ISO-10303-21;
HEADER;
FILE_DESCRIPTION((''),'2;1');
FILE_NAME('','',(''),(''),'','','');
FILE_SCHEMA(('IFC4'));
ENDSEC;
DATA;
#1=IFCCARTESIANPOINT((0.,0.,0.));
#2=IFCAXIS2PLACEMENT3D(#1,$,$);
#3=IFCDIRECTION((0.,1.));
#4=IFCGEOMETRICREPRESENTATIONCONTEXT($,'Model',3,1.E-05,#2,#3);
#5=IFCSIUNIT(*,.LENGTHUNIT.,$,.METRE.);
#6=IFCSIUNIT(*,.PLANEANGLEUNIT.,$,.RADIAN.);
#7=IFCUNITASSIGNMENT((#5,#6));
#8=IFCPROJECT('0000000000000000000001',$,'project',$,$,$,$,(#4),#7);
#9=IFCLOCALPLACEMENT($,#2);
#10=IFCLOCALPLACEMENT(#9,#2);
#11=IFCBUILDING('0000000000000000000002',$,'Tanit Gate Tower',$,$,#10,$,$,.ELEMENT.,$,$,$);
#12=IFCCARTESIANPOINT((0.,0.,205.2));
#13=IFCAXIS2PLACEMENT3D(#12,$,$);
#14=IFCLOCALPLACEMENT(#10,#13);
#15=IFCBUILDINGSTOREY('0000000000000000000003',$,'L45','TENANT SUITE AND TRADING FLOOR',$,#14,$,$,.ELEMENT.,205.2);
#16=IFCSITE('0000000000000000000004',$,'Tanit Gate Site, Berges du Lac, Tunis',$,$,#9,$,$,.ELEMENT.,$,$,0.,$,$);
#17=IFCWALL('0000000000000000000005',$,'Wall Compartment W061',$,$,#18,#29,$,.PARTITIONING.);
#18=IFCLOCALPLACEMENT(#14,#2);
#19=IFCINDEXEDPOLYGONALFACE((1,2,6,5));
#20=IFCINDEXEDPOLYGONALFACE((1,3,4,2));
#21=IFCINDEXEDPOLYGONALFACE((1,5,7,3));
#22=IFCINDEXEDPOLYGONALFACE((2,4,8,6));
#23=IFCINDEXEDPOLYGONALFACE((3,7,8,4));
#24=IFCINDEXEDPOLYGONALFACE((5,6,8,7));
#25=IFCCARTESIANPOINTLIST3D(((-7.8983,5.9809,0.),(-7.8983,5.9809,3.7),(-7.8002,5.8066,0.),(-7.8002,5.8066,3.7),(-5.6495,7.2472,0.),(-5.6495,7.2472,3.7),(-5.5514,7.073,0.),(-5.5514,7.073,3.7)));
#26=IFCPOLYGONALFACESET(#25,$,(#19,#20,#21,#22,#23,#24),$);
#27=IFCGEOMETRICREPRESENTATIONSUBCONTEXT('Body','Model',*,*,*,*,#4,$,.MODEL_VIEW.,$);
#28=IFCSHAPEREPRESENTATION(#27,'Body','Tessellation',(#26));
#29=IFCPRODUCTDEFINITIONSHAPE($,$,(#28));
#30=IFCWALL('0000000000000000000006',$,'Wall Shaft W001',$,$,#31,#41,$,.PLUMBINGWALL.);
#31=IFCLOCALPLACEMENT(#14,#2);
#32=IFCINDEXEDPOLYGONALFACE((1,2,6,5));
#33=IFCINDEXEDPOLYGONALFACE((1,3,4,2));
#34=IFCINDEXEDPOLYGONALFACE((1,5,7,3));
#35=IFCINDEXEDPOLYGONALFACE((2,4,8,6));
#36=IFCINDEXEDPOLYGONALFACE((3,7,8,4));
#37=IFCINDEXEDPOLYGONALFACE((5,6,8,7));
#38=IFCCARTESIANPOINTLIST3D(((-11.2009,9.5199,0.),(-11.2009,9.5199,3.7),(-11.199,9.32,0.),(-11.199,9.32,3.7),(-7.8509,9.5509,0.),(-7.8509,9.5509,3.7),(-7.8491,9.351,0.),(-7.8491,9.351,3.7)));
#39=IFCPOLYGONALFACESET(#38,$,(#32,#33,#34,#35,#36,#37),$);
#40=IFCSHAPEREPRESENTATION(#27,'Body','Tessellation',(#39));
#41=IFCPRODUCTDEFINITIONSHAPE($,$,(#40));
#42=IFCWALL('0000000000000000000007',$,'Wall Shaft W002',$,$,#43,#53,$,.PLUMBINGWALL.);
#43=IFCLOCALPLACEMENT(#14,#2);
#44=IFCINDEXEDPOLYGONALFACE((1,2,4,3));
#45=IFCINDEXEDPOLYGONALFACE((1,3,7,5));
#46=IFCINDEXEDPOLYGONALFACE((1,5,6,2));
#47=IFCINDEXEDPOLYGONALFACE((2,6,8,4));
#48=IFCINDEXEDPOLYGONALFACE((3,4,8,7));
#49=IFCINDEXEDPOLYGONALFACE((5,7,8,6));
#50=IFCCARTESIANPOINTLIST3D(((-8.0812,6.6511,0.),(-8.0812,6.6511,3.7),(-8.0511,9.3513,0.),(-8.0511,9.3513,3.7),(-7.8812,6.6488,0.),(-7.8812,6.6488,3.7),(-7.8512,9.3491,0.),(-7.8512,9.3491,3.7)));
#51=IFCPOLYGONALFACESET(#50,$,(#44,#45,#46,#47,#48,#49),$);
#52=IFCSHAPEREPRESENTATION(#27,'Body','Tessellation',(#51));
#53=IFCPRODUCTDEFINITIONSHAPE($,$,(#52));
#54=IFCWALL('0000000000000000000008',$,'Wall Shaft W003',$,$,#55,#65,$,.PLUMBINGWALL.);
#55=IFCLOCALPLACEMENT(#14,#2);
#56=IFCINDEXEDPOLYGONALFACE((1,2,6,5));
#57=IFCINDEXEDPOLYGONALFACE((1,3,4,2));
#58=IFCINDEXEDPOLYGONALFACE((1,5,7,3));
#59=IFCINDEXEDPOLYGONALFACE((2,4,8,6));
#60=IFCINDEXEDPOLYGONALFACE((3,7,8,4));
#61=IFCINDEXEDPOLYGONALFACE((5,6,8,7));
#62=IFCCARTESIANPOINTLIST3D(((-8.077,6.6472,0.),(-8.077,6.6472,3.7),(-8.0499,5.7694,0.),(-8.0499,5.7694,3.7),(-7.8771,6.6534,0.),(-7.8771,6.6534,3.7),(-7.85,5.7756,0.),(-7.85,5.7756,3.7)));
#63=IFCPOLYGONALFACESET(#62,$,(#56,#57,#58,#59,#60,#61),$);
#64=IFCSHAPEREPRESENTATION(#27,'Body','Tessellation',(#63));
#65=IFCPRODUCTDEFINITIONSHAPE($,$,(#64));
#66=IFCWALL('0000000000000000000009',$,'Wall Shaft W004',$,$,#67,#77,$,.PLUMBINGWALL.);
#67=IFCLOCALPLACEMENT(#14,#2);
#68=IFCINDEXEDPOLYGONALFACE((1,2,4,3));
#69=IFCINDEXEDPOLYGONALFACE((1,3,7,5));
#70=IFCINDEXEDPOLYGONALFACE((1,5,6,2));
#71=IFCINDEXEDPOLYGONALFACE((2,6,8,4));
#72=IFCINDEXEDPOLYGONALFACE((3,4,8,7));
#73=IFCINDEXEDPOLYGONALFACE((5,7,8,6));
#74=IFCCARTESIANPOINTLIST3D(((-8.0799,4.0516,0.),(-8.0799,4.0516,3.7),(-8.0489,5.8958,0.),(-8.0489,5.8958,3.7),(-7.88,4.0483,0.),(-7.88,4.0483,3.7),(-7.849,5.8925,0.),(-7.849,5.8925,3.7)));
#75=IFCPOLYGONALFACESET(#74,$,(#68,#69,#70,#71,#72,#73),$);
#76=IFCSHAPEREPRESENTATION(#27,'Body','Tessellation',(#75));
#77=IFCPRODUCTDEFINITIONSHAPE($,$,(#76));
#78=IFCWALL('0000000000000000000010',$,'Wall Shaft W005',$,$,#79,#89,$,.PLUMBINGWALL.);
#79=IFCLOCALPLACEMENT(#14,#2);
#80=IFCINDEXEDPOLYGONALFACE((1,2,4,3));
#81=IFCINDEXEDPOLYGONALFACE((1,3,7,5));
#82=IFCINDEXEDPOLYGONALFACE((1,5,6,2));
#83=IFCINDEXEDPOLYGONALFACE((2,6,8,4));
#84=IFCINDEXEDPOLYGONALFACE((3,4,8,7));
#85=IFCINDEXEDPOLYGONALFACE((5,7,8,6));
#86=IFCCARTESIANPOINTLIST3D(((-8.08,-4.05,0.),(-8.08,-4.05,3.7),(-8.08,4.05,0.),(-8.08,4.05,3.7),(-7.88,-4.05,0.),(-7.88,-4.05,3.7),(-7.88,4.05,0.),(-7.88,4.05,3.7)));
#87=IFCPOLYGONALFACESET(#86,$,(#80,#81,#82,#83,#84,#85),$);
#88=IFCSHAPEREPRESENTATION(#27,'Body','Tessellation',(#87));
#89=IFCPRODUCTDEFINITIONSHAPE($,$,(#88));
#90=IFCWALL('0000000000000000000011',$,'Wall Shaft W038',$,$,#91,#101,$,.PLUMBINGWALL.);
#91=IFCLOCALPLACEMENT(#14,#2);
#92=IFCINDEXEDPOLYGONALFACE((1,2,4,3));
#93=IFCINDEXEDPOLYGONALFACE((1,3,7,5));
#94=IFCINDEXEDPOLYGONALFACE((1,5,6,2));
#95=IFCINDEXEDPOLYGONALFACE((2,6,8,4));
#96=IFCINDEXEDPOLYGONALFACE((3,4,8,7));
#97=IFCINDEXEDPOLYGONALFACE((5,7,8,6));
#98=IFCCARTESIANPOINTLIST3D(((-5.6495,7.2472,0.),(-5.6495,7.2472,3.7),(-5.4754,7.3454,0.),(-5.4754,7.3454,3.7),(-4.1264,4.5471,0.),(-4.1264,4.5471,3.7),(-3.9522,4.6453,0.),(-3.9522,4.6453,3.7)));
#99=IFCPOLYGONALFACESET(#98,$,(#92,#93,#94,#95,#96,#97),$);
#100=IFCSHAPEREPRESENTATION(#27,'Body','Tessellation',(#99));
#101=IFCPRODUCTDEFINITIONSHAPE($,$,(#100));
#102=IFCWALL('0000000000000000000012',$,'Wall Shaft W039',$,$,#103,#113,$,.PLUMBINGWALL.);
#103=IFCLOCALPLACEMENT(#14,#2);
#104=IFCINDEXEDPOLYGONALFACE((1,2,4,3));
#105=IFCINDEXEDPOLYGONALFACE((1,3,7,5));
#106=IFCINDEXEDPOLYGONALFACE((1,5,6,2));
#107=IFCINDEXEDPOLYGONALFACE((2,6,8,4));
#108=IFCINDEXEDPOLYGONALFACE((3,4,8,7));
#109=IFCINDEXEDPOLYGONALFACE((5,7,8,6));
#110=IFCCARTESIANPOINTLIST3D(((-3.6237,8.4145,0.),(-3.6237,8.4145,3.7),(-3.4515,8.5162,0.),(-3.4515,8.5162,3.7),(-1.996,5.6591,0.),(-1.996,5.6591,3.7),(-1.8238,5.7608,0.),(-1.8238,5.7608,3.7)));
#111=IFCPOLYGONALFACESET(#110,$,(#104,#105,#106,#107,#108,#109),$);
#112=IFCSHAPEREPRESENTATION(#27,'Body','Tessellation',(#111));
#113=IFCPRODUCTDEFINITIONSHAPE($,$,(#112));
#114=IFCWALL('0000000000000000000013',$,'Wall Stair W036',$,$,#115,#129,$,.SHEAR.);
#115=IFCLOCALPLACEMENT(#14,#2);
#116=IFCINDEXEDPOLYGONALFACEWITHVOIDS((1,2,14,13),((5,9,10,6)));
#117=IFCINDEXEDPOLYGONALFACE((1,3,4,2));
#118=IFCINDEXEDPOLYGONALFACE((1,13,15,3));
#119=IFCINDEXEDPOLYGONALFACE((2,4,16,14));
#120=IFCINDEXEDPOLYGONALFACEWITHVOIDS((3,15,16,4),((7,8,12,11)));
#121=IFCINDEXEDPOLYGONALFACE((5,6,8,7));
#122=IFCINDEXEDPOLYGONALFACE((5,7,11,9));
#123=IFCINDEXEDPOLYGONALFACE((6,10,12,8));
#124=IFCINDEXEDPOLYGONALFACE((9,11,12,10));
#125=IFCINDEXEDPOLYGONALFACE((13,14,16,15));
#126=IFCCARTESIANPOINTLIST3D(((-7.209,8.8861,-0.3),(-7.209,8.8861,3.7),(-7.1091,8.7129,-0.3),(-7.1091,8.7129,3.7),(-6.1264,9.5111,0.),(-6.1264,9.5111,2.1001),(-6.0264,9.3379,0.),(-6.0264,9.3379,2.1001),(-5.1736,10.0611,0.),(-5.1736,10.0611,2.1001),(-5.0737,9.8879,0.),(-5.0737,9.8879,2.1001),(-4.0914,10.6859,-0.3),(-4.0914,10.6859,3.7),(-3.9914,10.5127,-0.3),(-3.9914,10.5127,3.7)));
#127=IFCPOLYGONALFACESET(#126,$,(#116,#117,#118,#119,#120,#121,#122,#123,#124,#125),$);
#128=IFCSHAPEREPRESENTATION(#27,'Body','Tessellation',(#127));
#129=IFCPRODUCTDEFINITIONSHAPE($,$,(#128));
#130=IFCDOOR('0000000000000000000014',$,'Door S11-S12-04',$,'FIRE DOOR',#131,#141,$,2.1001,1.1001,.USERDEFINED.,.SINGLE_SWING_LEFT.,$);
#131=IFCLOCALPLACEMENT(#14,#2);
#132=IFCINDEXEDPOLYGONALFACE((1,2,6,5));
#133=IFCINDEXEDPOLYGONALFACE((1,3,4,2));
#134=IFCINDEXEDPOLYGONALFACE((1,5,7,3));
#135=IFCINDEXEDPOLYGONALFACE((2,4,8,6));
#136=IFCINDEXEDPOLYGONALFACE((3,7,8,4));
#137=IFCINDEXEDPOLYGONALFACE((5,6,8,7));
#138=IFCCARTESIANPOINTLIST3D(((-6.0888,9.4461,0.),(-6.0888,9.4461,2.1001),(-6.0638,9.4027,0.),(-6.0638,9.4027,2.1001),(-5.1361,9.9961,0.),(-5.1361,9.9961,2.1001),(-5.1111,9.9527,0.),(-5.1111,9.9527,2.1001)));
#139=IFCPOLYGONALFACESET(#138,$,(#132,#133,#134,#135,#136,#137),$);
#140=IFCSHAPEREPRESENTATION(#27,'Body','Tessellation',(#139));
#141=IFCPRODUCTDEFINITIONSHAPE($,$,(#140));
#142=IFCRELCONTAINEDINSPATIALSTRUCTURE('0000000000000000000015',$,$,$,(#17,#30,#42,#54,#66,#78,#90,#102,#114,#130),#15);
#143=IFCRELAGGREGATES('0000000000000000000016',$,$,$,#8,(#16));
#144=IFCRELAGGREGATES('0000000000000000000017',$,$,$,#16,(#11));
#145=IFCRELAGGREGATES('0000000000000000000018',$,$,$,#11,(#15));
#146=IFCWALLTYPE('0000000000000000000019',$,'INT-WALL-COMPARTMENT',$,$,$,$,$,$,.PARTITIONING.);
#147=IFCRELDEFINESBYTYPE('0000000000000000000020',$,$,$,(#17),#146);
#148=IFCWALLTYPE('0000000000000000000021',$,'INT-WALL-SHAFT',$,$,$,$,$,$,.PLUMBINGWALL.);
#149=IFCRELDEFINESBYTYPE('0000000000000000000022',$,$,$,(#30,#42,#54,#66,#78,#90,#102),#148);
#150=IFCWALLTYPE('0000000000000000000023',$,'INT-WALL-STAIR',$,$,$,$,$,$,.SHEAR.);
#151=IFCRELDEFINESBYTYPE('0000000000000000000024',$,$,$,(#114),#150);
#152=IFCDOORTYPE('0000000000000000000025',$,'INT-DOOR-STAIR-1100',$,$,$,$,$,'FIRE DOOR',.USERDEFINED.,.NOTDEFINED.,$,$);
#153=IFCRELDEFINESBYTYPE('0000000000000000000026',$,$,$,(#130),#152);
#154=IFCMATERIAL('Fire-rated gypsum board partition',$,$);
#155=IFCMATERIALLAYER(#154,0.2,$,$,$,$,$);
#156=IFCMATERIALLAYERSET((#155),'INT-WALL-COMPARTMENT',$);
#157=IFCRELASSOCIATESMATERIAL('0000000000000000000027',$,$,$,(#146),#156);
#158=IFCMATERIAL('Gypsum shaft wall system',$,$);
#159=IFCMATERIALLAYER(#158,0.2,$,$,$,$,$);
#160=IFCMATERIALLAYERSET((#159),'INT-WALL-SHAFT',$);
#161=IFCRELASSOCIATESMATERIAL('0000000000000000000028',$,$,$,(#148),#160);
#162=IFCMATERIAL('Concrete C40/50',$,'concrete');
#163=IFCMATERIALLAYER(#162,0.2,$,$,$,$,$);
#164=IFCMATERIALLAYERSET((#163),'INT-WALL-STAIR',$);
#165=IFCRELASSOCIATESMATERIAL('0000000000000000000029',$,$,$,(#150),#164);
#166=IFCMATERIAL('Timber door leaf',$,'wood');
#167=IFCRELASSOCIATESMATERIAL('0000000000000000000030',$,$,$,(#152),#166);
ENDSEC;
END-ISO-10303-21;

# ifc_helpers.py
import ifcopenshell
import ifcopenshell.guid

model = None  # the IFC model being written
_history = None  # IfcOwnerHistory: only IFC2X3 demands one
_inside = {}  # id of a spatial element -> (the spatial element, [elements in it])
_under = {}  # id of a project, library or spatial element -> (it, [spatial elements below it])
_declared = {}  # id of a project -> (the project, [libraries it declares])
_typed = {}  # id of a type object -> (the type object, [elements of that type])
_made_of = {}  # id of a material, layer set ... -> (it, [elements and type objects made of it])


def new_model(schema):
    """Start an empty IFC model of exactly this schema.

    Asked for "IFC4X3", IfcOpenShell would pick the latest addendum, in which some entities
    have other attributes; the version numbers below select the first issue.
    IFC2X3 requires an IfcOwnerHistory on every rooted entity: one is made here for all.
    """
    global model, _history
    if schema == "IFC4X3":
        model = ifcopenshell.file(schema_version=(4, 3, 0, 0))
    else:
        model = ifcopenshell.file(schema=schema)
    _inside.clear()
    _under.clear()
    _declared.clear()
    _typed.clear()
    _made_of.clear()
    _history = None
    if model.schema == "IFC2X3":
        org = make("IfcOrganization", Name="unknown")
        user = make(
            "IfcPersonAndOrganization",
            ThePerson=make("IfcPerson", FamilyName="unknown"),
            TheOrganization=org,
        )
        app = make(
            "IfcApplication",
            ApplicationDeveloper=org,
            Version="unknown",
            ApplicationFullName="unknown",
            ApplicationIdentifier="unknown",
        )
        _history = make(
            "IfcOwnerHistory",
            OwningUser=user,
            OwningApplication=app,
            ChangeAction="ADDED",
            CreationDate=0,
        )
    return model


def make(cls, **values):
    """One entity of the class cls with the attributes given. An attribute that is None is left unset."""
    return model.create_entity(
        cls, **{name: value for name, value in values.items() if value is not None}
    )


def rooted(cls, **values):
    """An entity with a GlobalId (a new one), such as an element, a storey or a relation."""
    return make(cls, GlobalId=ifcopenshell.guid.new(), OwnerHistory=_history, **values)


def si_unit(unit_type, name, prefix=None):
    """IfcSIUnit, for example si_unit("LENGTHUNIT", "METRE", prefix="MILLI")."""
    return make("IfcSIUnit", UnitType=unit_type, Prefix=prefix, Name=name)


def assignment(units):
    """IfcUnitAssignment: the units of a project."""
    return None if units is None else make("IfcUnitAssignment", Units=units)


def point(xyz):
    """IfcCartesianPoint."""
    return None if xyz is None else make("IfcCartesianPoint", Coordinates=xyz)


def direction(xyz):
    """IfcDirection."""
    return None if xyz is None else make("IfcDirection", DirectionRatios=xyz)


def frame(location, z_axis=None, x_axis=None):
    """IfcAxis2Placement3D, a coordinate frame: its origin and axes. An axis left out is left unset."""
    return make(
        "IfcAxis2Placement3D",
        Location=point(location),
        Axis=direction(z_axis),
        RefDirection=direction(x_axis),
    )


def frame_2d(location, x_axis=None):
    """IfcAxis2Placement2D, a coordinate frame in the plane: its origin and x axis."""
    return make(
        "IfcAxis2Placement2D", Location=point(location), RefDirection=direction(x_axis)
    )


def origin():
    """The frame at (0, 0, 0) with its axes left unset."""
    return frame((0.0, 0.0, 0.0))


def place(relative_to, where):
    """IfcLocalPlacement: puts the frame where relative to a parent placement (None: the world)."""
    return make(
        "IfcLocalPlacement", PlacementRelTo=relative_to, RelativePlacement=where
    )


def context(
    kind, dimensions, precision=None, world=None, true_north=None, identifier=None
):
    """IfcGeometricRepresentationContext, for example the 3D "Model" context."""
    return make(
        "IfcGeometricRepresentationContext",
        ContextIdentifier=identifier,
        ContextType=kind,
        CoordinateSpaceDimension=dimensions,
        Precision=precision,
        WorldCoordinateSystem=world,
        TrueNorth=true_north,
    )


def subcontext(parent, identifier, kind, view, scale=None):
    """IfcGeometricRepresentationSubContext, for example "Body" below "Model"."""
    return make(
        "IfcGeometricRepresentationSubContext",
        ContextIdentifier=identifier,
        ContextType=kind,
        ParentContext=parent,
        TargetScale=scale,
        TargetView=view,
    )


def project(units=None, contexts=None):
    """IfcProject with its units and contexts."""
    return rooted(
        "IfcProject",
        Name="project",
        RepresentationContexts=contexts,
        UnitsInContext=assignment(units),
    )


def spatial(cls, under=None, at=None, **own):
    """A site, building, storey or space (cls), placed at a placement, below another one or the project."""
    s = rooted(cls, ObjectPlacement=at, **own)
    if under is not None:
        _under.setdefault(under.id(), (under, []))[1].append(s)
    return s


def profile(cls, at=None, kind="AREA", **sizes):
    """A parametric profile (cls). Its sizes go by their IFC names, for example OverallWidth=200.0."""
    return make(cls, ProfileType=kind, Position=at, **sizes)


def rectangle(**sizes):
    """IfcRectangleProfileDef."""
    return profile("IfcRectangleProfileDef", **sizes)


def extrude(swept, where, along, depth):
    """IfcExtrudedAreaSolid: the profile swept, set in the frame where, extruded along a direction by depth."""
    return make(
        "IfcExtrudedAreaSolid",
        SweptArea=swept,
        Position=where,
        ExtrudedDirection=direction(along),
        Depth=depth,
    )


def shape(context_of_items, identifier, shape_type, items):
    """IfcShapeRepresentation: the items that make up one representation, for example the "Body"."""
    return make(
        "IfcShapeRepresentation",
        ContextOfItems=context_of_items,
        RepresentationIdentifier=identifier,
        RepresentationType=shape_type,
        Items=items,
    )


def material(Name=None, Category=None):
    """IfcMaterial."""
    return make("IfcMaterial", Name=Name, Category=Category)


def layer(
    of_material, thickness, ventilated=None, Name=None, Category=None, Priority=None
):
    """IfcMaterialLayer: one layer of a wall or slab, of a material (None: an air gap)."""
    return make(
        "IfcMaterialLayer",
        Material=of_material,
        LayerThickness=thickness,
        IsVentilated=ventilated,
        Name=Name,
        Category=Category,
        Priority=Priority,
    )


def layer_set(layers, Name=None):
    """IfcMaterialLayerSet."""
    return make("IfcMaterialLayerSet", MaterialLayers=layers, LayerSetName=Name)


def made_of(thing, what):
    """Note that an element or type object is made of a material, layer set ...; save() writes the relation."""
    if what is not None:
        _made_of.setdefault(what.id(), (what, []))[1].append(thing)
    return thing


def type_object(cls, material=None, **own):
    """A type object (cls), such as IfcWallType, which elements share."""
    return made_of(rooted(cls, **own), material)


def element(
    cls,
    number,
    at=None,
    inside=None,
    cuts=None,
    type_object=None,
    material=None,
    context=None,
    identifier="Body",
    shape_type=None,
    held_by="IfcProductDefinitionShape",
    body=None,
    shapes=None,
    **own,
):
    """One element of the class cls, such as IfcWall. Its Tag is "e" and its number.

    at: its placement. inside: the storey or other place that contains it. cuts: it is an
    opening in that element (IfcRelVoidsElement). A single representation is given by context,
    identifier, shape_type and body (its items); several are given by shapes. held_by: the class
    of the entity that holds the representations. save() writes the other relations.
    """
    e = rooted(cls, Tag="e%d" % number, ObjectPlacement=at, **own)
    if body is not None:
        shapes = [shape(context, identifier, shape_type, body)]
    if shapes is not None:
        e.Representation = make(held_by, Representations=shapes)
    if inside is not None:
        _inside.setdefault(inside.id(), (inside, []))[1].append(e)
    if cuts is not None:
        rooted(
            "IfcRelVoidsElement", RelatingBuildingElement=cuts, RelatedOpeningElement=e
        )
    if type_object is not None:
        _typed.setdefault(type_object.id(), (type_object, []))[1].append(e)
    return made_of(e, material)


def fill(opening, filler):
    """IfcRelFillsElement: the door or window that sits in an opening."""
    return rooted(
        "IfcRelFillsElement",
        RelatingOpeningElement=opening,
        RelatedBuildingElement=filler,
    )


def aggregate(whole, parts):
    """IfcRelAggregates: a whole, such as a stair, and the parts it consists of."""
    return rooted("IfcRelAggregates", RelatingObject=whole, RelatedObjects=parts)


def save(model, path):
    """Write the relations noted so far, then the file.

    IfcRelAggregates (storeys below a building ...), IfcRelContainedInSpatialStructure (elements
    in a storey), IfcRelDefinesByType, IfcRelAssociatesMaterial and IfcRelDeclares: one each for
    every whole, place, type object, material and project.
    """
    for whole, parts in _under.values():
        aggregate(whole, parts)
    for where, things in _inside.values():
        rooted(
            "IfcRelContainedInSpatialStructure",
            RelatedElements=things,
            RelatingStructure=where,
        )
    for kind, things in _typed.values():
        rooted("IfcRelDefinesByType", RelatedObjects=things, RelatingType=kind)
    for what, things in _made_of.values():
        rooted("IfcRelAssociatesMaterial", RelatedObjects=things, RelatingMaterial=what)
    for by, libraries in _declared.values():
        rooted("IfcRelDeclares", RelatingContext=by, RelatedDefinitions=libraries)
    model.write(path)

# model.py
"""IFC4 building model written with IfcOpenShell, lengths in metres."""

from ifc_helpers import new_model, si_unit, direction, frame, frame_2d, origin, place, context, subcontext, project, spatial, rectangle, extrude, material, layer, layer_set, type_object, element, fill, save


model = new_model("IFC4")

# Units and contexts
model_context = context("Model", 3, precision=1e-05, world=origin(), true_north=direction((0.0, 1.0)))
body_context = subcontext(model_context, "Body", "Model", "MODEL_VIEW")
ifc_project = project(units=[si_unit("LENGTHUNIT", "METRE"), si_unit("PLANEANGLEUNIT", "RADIAN")], contexts=[model_context])

# Site, building, storey
site_placement = place(None, origin())
site = spatial("IfcSite", under=ifc_project, at=site_placement, Name="Tanit Gate Site, Berges du Lac, Tunis", CompositionType="ELEMENT", RefElevation=0.0)
building_placement = place(site_placement, origin())
building = spatial("IfcBuilding", under=site, at=building_placement, Name="Tanit Gate Tower", CompositionType="ELEMENT")
storey_placement = place(building_placement, frame((0.0, 0.0, 205.2)))
storey = spatial("IfcBuildingStorey", under=building, at=storey_placement, Name="L45", Description="TENANT SUITE AND TRADING FLOOR", CompositionType="ELEMENT", Elevation=205.2)

# Walls
ifc_material_1 = material(Name="Fire-rated gypsum board partition")
ifc_layer_1 = layer(ifc_material_1, 0.2)
ifc_layer_set_1 = layer_set([ifc_layer_1], Name="INT-WALL-COMPARTMENT")
wall_type_1 = type_object("IfcWallType", Name="INT-WALL-COMPARTMENT", PredefinedType="PARTITIONING", material=ifc_layer_set_1)
wall_1_placement = place(storey_placement, frame((-5.6003, 7.1602, 0.0), z_axis=(0.0, 0.0, 1.0), x_axis=(-0.87134, -0.490679, 0.0)))
element("IfcWall", 1, at=wall_1_placement, inside=storey, type_object=wall_type_1, Name="Wall Compartment W061", PredefinedType="PARTITIONING", context=body_context, shape_type="SweptSolid", body=[
    extrude(rectangle(XDim=2.5808, YDim=0.2, at=frame_2d((1.2905, 0.0))), origin(), (0.0, 0.0, 1.0), 3.7),
])
ifc_material_2 = material(Name="Gypsum shaft wall system")
ifc_layer_2 = layer(ifc_material_2, 0.2)
ifc_layer_set_2 = layer_set([ifc_layer_2], Name="INT-WALL-SHAFT")
wall_type_2 = type_object("IfcWallType", Name="INT-WALL-SHAFT", PredefinedType="PLUMBINGWALL", material=ifc_layer_set_2)
wall_2_placement = place(storey_placement, frame((-11.2, 9.4199, 0.0), z_axis=(0.0, 0.0, 1.0), x_axis=(0.999957, 0.009255, 0.0)))
element("IfcWall", 2, at=wall_2_placement, inside=storey, type_object=wall_type_2, Name="Wall Shaft W001", PredefinedType="PLUMBINGWALL", context=body_context, shape_type="SweptSolid", body=[
    extrude(rectangle(XDim=3.3501, YDim=0.2, at=frame_2d((1.675, 0.0))), origin(), (0.0, 0.0, 1.0), 3.7),
])
wall_3_placement = place(storey_placement, frame((-7.9512, 9.3501, 0.0), z_axis=(0.0, 0.0, 1.0), x_axis=(-0.01112, -0.999938, 0.0)))
element("IfcWall", 3, at=wall_3_placement, inside=storey, type_object=wall_type_2, Name="Wall Shaft W002", PredefinedType="PLUMBINGWALL", context=body_context, shape_type="SweptSolid", body=[
    extrude(rectangle(XDim=2.7004, YDim=0.2, at=frame_2d((1.3501, 0.0))), origin(), (0.0, 0.0, 1.0), 3.7),
])
wall_4_placement = place(storey_placement, frame((-7.9771, 6.6501, 0.0), z_axis=(0.0, 0.0, 1.0), x_axis=(0.030862, -0.999524, 0.0)))
element("IfcWall", 4, at=wall_4_placement, inside=storey, type_object=wall_type_2, Name="Wall Shaft W003", PredefinedType="PLUMBINGWALL", context=body_context, shape_type="SweptSolid", body=[
    extrude(rectangle(XDim=0.8782, YDim=0.2, at=frame_2d((0.439, 0.0))), origin(), (0.0, 0.0, 1.0), 3.7),
])
wall_5_placement = place(storey_placement, frame((-7.949, 5.8943, 0.0), z_axis=(0.0, 0.0, 1.0), x_axis=(-0.01681, -0.999859, 0.0)))
element("IfcWall", 5, at=wall_5_placement, inside=storey, type_object=wall_type_2, Name="Wall Shaft W004", PredefinedType="PLUMBINGWALL", context=body_context, shape_type="SweptSolid", body=[
    extrude(rectangle(XDim=1.8445, YDim=0.2, at=frame_2d((0.9224, 0.0))), origin(), (0.0, 0.0, 1.0), 3.7),
])
wall_6_placement = place(storey_placement, frame((-7.98, 4.05, 0.0), z_axis=(0.0, 0.0, 1.0), x_axis=(0.0, -1.0, 0.0)))
element("IfcWall", 6, at=wall_6_placement, inside=storey, type_object=wall_type_2, Name="Wall Shaft W005", PredefinedType="PLUMBINGWALL", context=body_context, shape_type="SweptSolid", body=[
    extrude(rectangle(XDim=8.1001, YDim=0.2, at=frame_2d((4.05, 0.0))), origin(), (0.0, 0.0, 1.0), 3.7),
])

# Walls
wall_7_placement = place(storey_placement, frame((-4.0393, 4.5962, 0.0), z_axis=(0.0, 0.0, 1.0), x_axis=(-0.491323, 0.870978, 0.0)))
element("IfcWall", 7, at=wall_7_placement, inside=storey, type_object=wall_type_2, Name="Wall Shaft W038", PredefinedType="PLUMBINGWALL", context=body_context, shape_type="SweptSolid", body=[
    extrude(rectangle(XDim=3.1001, YDim=0.2, at=frame_2d((1.55, 0.0))), origin(), (0.0, 0.0, 1.0), 3.7),
])
wall_8_placement = place(storey_placement, frame((-3.5376, 8.4653, 0.0), z_axis=(0.0, 0.0, 1.0), x_axis=(0.508616, -0.860993, 0.0)))
element("IfcWall", 8, at=wall_8_placement, inside=storey, type_object=wall_type_2, Name="Wall Shaft W039", PredefinedType="PLUMBINGWALL", context=body_context, shape_type="SweptSolid", body=[
    extrude(rectangle(XDim=3.2002, YDim=0.2, at=frame_2d((1.6001, 0.0))), origin(), (0.0, 0.0, 1.0), 3.7),
])

# Wall, opening, door
ifc_material_3 = material(Name="Concrete C40/50", Category="concrete")
ifc_layer_3 = layer(ifc_material_3, 0.2)
ifc_layer_set_3 = layer_set([ifc_layer_3], Name="INT-WALL-STAIR")
wall_type_3 = type_object("IfcWallType", Name="INT-WALL-STAIR", PredefinedType="SHEAR", material=ifc_layer_set_3)
wall_9_placement = place(storey_placement, frame((-7.1589, 8.7996, -0.3), z_axis=(0.0, 0.0, 1.0), x_axis=(0.866048, 0.499961, 0.0)))
wall_9 = element("IfcWall", 9, at=wall_9_placement, inside=storey, type_object=wall_type_3, Name="Wall Stair W036", PredefinedType="SHEAR", context=body_context, shape_type="SweptSolid", body=[
    extrude(rectangle(XDim=3.5999, YDim=0.2, at=frame_2d((1.7998, 0.0))), origin(), (0.0, 0.0, 1.0), 4.0),
])
opening_1_placement = place(wall_9_placement, frame((1.25, 0.0, 0.3)))
opening_1 = element("IfcOpeningElement", 10, at=opening_1_placement, cuts=wall_9, PredefinedType="OPENING", context=body_context, shape_type="SweptSolid", body=[
    extrude(rectangle(XDim=1.1001, YDim=2.1001, at=frame_2d((0.55, 1.05))), frame((0.0, 0.1099, 0.0), z_axis=(0.0, -1.0, 0.0), x_axis=(1.0, 0.0, 0.0)), (0.0, 0.0, 1.0), 0.22),
])
ifc_material_4 = material(Name="Timber door leaf", Category="wood")
door_type_1 = type_object("IfcDoorType", Name="INT-DOOR-STAIR-1100", ElementType="FIRE DOOR", OperationType="NOTDEFINED", PredefinedType="USERDEFINED", material=ifc_material_4)
door_1_placement = place(opening_1_placement, origin())
door_1 = element("IfcDoor", 11, at=door_1_placement, inside=storey, type_object=door_type_1, Name="Door S11-S12-04", ObjectType="FIRE DOOR", OperationType="SINGLE_SWING_LEFT", OverallHeight=2.1001, OverallWidth=1.1001, PredefinedType="USERDEFINED", context=body_context, shape_type="SweptSolid", body=[
    extrude(rectangle(XDim=1.1001, YDim=2.1001, at=frame_2d((0.55, 1.05))), frame((0.0, 0.0249, 0.0), z_axis=(0.0, -1.0, 0.0), x_axis=(1.0, 0.0, 0.0)), (0.0, 0.0, 1.0), 0.05),
])
fill(opening_1, door_1)

save(model, "model.ifc")
